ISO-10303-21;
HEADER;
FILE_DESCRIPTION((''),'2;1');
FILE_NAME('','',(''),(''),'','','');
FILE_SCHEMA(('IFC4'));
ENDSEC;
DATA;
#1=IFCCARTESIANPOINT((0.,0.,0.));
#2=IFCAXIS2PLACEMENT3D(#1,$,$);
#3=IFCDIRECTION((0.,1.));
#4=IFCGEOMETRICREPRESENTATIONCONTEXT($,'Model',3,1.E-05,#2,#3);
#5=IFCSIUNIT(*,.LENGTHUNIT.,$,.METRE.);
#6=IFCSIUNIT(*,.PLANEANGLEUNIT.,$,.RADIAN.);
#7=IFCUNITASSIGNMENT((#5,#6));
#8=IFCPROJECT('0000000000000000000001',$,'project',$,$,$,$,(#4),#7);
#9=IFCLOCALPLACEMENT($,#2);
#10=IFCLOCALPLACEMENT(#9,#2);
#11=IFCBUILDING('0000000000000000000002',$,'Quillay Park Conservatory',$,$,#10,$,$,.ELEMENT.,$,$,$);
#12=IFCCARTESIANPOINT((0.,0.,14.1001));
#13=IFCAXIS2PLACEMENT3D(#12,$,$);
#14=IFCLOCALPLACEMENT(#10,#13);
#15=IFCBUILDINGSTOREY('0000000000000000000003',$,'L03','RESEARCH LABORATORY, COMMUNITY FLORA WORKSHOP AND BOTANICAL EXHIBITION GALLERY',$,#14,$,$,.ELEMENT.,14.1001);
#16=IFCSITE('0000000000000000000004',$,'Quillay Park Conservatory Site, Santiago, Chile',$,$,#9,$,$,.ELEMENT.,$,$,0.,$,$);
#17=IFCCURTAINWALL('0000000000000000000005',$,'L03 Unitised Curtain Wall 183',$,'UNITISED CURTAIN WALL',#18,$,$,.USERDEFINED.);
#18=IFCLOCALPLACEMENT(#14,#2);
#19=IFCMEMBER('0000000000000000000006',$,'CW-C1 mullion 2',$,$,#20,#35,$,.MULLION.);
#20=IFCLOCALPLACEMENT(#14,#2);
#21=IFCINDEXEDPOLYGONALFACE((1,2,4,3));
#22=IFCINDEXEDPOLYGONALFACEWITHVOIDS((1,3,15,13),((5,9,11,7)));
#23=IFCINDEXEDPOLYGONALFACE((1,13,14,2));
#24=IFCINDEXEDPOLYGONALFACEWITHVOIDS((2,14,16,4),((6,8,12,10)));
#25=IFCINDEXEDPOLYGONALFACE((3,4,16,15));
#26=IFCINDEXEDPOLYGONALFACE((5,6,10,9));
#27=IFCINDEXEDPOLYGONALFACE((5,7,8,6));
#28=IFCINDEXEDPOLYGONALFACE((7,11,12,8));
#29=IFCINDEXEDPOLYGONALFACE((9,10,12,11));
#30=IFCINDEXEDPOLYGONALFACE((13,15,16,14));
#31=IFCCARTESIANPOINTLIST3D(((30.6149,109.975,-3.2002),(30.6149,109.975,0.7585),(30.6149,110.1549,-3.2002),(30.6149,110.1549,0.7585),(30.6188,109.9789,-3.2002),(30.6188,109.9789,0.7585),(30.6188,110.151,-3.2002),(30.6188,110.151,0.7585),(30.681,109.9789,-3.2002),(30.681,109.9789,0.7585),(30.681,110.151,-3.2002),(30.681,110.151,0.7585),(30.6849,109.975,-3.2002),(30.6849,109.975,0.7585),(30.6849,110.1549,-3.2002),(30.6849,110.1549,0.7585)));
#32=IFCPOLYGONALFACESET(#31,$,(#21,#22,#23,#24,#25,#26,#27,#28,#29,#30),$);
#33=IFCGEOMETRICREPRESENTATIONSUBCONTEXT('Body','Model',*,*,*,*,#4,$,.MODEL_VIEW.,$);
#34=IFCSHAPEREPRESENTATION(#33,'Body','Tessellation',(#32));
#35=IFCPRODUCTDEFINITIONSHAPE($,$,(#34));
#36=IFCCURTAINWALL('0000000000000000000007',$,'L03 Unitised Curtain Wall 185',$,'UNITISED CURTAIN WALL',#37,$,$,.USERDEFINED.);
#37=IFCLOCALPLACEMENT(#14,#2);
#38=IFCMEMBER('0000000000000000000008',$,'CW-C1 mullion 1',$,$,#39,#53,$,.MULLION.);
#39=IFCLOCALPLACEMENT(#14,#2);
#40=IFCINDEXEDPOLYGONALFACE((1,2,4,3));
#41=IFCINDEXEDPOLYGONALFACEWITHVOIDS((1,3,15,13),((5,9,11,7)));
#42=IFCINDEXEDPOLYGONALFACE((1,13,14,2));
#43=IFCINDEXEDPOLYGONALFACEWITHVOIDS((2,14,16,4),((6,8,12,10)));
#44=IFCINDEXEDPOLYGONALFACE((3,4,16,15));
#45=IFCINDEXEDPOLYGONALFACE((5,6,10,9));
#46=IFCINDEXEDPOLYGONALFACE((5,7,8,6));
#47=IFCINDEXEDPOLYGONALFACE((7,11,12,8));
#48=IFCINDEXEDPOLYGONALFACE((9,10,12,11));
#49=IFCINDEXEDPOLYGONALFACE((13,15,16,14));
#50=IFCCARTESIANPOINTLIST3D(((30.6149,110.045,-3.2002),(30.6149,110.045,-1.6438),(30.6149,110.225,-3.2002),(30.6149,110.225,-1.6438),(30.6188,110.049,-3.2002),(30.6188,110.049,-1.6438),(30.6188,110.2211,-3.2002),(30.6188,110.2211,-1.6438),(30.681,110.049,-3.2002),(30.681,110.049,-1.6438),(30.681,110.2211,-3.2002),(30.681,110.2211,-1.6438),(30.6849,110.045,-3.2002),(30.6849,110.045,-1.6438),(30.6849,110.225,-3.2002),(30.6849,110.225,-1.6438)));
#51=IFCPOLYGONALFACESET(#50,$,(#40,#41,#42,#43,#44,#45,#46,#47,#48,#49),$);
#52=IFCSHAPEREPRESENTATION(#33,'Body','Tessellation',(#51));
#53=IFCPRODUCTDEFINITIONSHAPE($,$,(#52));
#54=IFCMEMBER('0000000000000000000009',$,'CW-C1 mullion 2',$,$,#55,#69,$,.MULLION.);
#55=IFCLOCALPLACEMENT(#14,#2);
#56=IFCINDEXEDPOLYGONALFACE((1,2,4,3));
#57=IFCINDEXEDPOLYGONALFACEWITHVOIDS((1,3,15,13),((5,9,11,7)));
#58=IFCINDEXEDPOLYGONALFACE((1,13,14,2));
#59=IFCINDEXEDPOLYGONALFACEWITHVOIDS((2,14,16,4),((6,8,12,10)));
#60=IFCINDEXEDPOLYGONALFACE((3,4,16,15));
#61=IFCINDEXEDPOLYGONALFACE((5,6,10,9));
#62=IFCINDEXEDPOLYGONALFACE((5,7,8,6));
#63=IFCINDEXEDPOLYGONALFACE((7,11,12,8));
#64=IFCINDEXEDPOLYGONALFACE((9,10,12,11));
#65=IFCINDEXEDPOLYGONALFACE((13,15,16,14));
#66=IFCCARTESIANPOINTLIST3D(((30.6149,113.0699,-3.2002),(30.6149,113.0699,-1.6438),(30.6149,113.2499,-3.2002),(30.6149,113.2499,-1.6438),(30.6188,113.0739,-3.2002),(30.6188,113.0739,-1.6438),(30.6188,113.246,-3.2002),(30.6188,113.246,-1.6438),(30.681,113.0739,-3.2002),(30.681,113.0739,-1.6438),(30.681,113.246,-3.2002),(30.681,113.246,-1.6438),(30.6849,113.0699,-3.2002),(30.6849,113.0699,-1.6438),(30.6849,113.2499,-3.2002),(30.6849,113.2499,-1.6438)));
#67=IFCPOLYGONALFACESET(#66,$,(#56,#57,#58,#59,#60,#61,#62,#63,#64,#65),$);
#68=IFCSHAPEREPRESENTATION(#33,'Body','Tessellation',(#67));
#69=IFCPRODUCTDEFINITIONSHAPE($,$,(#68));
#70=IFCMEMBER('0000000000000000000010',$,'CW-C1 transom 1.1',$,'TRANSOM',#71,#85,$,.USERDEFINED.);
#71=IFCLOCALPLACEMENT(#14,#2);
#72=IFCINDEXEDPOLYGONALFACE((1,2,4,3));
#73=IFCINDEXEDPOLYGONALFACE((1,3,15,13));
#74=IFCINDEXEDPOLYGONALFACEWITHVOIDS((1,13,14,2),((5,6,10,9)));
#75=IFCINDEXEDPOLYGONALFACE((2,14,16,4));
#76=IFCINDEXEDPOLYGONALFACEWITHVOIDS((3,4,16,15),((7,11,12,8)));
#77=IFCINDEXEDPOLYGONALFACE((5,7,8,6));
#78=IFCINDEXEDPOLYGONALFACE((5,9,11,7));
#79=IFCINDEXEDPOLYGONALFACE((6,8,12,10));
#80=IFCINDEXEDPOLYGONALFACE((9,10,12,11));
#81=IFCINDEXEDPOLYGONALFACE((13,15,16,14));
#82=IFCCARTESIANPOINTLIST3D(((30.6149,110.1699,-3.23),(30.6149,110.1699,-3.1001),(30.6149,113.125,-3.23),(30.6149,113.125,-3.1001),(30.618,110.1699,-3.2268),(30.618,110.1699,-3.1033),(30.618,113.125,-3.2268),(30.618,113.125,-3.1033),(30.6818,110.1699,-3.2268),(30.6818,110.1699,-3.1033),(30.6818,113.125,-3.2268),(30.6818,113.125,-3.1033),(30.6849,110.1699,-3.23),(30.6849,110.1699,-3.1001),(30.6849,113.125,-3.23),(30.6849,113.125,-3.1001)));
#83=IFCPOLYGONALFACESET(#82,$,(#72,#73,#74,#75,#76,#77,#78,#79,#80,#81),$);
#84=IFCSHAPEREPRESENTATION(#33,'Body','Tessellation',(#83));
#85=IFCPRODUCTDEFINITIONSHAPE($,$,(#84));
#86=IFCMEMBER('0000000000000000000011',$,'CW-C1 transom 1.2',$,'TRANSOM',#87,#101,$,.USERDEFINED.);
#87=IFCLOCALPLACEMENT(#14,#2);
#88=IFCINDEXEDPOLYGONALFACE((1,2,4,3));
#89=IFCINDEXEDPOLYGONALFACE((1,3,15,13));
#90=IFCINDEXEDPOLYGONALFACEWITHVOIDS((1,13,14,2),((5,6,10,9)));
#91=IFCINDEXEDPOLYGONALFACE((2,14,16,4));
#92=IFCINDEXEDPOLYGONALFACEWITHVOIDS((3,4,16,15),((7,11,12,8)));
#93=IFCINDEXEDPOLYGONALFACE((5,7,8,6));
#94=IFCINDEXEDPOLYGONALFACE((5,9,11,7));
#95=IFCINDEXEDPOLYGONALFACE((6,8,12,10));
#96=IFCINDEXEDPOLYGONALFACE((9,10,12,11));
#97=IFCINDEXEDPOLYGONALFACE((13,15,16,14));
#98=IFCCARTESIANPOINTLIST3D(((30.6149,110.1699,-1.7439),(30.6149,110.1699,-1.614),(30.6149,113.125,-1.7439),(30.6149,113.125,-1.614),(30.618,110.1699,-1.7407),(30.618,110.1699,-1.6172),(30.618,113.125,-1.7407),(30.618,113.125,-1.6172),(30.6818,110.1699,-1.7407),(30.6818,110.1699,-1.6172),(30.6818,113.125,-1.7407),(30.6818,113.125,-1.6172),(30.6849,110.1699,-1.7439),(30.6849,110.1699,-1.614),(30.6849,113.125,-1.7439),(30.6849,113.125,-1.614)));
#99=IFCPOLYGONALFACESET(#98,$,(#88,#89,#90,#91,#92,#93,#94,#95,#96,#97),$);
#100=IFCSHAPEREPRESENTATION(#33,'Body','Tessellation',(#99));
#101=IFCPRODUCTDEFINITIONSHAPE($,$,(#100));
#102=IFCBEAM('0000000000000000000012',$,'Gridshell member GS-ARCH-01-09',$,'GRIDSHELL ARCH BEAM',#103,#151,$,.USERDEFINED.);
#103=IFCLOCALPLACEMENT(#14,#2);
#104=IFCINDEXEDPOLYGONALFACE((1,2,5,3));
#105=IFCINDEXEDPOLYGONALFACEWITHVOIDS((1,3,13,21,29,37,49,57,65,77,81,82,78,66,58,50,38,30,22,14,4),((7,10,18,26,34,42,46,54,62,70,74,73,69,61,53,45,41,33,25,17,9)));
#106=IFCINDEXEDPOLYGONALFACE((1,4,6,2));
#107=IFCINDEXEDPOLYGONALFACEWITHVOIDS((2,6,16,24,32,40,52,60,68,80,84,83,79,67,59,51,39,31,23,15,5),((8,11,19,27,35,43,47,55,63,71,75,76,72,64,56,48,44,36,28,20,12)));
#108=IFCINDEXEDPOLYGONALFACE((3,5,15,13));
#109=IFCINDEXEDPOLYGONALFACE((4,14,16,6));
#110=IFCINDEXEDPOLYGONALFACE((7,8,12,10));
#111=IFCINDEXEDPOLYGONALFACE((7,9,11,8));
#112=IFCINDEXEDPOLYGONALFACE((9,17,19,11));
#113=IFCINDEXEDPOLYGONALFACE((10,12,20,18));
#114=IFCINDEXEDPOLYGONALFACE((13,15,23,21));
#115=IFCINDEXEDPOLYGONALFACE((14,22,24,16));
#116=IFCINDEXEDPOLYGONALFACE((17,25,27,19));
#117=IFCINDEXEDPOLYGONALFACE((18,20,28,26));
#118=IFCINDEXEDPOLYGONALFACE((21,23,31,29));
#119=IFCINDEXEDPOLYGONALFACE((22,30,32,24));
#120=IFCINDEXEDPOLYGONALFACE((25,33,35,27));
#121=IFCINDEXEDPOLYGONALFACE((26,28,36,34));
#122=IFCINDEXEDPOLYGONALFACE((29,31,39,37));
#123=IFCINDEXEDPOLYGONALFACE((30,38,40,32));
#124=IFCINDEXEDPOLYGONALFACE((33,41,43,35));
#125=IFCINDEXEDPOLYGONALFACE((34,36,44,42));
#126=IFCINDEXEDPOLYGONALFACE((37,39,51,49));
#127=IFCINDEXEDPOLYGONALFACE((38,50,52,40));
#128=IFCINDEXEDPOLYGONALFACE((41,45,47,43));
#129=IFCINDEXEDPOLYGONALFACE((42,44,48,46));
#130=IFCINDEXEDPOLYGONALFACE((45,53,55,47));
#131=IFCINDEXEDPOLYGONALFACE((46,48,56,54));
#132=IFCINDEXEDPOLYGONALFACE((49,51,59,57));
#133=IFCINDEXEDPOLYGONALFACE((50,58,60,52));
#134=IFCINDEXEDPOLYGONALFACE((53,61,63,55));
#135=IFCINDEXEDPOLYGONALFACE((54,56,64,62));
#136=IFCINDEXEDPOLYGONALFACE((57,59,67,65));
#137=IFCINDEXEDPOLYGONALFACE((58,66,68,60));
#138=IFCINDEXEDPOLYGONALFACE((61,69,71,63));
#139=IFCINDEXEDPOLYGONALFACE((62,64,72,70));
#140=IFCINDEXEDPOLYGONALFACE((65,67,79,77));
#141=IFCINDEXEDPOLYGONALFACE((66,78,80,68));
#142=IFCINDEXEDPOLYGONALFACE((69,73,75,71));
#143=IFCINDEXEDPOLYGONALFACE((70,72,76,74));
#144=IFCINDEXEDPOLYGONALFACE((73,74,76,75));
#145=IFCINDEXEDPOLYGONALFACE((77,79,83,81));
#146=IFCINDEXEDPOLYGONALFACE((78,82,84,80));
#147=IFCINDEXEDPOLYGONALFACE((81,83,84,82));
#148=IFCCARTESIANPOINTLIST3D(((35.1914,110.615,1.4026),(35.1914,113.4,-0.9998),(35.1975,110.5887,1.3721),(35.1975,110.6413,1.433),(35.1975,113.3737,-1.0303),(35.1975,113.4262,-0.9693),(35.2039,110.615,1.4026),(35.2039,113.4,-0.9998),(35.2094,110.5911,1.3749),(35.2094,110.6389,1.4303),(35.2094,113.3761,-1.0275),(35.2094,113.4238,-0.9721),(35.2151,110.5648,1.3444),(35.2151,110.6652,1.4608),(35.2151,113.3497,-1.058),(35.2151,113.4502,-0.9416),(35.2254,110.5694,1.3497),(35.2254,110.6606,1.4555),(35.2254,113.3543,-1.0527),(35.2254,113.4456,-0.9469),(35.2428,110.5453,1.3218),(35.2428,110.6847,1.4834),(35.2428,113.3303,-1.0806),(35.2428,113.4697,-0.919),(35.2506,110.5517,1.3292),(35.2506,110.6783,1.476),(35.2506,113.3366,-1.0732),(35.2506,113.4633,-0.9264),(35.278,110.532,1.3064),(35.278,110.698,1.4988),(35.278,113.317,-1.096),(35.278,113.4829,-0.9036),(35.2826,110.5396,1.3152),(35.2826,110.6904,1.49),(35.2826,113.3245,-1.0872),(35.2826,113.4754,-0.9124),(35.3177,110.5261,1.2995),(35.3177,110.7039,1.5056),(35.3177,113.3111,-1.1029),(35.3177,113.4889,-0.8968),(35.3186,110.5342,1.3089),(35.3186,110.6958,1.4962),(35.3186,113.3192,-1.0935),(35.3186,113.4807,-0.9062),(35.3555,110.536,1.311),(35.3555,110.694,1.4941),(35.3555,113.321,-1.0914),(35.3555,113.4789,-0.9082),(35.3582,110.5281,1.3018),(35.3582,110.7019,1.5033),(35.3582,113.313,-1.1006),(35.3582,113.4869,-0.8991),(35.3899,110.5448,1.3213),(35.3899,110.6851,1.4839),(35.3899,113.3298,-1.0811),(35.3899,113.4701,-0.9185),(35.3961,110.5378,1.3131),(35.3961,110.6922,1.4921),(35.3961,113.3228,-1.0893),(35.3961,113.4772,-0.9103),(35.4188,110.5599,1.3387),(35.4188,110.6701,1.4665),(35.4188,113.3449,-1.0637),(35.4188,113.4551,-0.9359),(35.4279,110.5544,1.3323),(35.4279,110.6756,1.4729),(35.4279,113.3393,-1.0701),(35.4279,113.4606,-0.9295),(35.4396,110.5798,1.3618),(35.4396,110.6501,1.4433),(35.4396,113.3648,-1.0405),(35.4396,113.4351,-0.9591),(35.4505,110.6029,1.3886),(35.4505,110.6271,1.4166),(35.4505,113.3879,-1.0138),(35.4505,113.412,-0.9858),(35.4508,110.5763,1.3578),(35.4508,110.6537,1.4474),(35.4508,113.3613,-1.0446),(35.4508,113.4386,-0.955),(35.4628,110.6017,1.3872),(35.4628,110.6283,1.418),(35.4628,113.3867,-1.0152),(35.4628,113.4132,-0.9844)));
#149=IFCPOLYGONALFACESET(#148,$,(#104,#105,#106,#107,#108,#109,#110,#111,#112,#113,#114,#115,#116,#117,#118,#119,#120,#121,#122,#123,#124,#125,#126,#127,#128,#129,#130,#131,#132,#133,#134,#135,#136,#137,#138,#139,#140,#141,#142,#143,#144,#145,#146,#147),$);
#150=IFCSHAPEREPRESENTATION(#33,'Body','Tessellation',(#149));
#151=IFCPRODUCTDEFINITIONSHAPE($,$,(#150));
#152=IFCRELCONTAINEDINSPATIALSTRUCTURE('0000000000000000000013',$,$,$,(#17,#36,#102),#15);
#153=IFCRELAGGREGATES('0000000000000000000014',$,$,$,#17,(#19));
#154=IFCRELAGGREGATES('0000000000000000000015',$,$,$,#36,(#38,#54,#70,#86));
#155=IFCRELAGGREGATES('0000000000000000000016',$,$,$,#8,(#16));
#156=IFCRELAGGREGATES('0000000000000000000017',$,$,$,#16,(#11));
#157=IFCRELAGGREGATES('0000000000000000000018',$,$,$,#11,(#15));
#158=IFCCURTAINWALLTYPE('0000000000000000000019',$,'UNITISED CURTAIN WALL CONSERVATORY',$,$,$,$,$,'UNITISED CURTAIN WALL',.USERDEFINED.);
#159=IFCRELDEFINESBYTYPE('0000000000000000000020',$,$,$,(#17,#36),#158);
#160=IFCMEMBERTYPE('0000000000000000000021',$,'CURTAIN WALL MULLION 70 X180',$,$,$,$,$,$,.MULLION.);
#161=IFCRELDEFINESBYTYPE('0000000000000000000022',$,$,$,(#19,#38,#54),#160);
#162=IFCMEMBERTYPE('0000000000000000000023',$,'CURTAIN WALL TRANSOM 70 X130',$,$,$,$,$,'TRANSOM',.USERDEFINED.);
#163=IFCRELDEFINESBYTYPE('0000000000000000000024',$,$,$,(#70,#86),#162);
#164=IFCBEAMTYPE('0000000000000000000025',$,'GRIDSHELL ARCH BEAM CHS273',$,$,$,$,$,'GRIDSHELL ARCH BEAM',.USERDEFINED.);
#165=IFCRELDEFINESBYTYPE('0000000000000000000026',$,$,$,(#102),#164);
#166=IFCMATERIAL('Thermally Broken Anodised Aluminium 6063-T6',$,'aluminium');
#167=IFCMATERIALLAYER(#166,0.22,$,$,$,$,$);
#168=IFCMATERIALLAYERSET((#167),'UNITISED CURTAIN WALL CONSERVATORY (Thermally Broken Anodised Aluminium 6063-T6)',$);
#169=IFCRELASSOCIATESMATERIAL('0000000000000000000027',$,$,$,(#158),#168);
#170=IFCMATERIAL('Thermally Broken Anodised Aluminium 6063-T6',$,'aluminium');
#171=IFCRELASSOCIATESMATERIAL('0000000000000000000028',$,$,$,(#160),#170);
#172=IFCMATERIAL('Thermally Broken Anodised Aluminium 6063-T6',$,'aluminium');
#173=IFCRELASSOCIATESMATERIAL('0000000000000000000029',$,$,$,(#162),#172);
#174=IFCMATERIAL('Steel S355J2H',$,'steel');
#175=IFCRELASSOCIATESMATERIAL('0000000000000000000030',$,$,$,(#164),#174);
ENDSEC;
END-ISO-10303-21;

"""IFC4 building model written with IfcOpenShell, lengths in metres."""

from ifc_helpers import new_model, si_unit, direction, frame, origin, origin_2d, place, context, subcontext, project, spatial, hollow_rectangle, hollow_circle, extrude, material, layer, layer_set, material_profile, profile_set, type_object, element, aggregate, save


model = new_model("IFC4")

# Units and contexts
model_context = context("Model", 3, precision=1e-05, world=origin(), true_north=direction((0.0, 1.0)))
body_context = subcontext(model_context, "Body", "Model", "MODEL_VIEW")
ifc_project = project(units=[si_unit("LENGTHUNIT", "METRE"), si_unit("PLANEANGLEUNIT", "RADIAN")], contexts=[model_context])

# Site, building, storey
site_placement = place(None, origin())
site = spatial("IfcSite", under=ifc_project, at=site_placement, Name="Quillay Park Conservatory Site, Santiago, Chile", CompositionType="ELEMENT", RefElevation=0.0)
building_placement = place(site_placement, origin())
building = spatial("IfcBuilding", under=site, at=building_placement, Name="Quillay Park Conservatory", CompositionType="ELEMENT")
storey_placement = place(building_placement, frame((0.0, 0.0, 14.1001)))
storey = spatial("IfcBuildingStorey", under=building, at=storey_placement, Name="L03", Description="RESEARCH LABORATORY, COMMUNITY FLORA WORKSHOP AND BOTANICAL EXHIBITION GALLERY", CompositionType="ELEMENT", Elevation=14.1001)

# Curtain wall, member
ifc_material_1 = material(Name="Thermally Broken Anodised Aluminium 6063-T6", Category="aluminium")
ifc_layer_1 = layer(ifc_material_1, 0.22)
ifc_layer_set_1 = layer_set([ifc_layer_1], Name="UNITISED CURTAIN WALL CONSERVATORY (Thermally Broken Anodised Aluminium 6063-T6)")
curtain_wall_type = type_object("IfcCurtainWallType", Name="UNITISED CURTAIN WALL CONSERVATORY", ElementType="UNITISED CURTAIN WALL", PredefinedType="USERDEFINED", material=ifc_layer_set_1)
curtain_wall_1_placement = place(storey_placement, origin())
curtain_wall_1 = element("IfcCurtainWall", 1, at=curtain_wall_1_placement, inside=storey, type_object=curtain_wall_type, Name="L03 Unitised Curtain Wall 183", ObjectType="UNITISED CURTAIN WALL", PredefinedType="USERDEFINED")
ifc_material_2 = material(Name="Thermally Broken Anodised Aluminium 6063-T6", Category="aluminium")
ifc_material_profile_1 = material_profile(ifc_material_2, hollow_rectangle(XDim=0.0701, YDim=0.1799, WallThickness=0.0039, at=origin_2d()), Name="AL70x180x4")
ifc_profile_set_1 = profile_set([ifc_material_profile_1], Name="Thermally Broken Anodised Aluminium 6063-T6")
member_type_1 = type_object("IfcMemberType", Name="CURTAIN WALL MULLION 70 X180", PredefinedType="MULLION", material=ifc_profile_set_1)
member_1_placement = place(storey_placement, frame((30.6499, 110.0649, -3.2002), z_axis=(0.0, 0.0, 1.0), x_axis=(-1.0, 0.0, 0.0)))
member_1 = element("IfcMember", 2, at=member_1_placement, type_object=member_type_1, Name="CW-C1 mullion 2", PredefinedType="MULLION", context=body_context, shape_type="SweptSolid", body=[
    extrude(hollow_rectangle(XDim=0.0701, YDim=0.1799, WallThickness=0.0039, at=origin_2d()), origin(), (0.0, 0.0, 1.0), 3.9587),
])

# Curtain wall, members
curtain_wall_2_placement = place(storey_placement, origin())
curtain_wall_2 = element("IfcCurtainWall", 3, at=curtain_wall_2_placement, inside=storey, type_object=curtain_wall_type, Name="L03 Unitised Curtain Wall 185", ObjectType="UNITISED CURTAIN WALL", PredefinedType="USERDEFINED")
member_2_placement = place(storey_placement, frame((30.6499, 110.135, -3.2002), z_axis=(0.0, 0.0, 1.0), x_axis=(-1.0, 0.0, 0.0)))
member_2 = element("IfcMember", 4, at=member_2_placement, type_object=member_type_1, Name="CW-C1 mullion 1", PredefinedType="MULLION", context=body_context, shape_type="SweptSolid", body=[
    extrude(hollow_rectangle(XDim=0.0701, YDim=0.1799, WallThickness=0.0039, at=origin_2d()), origin(), (0.0, 0.0, 1.0), 1.5564),
])
member_3_placement = place(storey_placement, frame((30.6499, 113.1599, -3.2002), z_axis=(0.0, 0.0, 1.0), x_axis=(-1.0, 0.0, 0.0)))
member_3 = element("IfcMember", 5, at=member_3_placement, type_object=member_type_1, Name="CW-C1 mullion 2", PredefinedType="MULLION", context=body_context, shape_type="SweptSolid", body=[
    extrude(hollow_rectangle(XDim=0.0701, YDim=0.1799, WallThickness=0.0039, at=origin_2d()), origin(), (0.0, 0.0, 1.0), 1.5564),
])
ifc_material_3 = material(Name="Thermally Broken Anodised Aluminium 6063-T6", Category="aluminium")
ifc_material_profile_2 = material_profile(ifc_material_3, hollow_rectangle(XDim=0.0701, YDim=0.1299, WallThickness=0.0032, at=origin_2d()), Name="AL70x130x3.2")
ifc_profile_set_2 = profile_set([ifc_material_profile_2], Name="Thermally Broken Anodised Aluminium 6063-T6")
member_type_2 = type_object("IfcMemberType", Name="CURTAIN WALL TRANSOM 70 X130", ElementType="TRANSOM", PredefinedType="USERDEFINED", material=ifc_profile_set_2)
member_4_placement = place(storey_placement, frame((30.6499, 110.1699, -3.165), z_axis=(0.0, 1.0, 0.0), x_axis=(-1.0, 0.0, 0.0)))
member_4 = element("IfcMember", 6, at=member_4_placement, type_object=member_type_2, Name="CW-C1 transom 1.1", ObjectType="TRANSOM", PredefinedType="USERDEFINED", context=body_context, shape_type="SweptSolid", body=[
    extrude(hollow_rectangle(XDim=0.0701, YDim=0.1299, WallThickness=0.0032, at=origin_2d()), origin(), (0.0, 0.0, 1.0), 2.9551),
])
member_5_placement = place(storey_placement, frame((30.6499, 110.1699, -1.679), z_axis=(0.0, 1.0, 0.0), x_axis=(-1.0, 0.0, 0.0)))
member_5 = element("IfcMember", 7, at=member_5_placement, type_object=member_type_2, Name="CW-C1 transom 1.2", ObjectType="TRANSOM", PredefinedType="USERDEFINED", context=body_context, shape_type="SweptSolid", body=[
    extrude(hollow_rectangle(XDim=0.0701, YDim=0.1299, WallThickness=0.0032, at=origin_2d()), origin(), (0.0, 0.0, 1.0), 2.9551),
])

# Beam
ifc_material_4 = material(Name="Steel S355J2H", Category="steel")
ifc_material_profile_3 = material_profile(ifc_material_4, hollow_circle(Radius=0.1365, WallThickness=0.0125, at=origin_2d()), Name="CHS273x12.5")
ifc_profile_set_3 = profile_set([ifc_material_profile_3], Name="Steel S355J2H")
beam_type = type_object("IfcBeamType", Name="GRIDSHELL ARCH BEAM CHS273", ElementType="GRIDSHELL ARCH BEAM", PredefinedType="USERDEFINED", material=ifc_profile_set_3)
beam_1_placement = place(storey_placement, frame((35.3279, 110.615, 1.4026), z_axis=(0.0, 0.757201, -0.653183), x_axis=(-1.0, 0.0, 0.0)))
element("IfcBeam", 8, at=beam_1_placement, inside=storey, type_object=beam_type, Name="Gridshell member GS-ARCH-01-09", ObjectType="GRIDSHELL ARCH BEAM", PredefinedType="USERDEFINED", context=body_context, shape_type="SweptSolid", body=[
    extrude(hollow_circle(Radius=0.1365, WallThickness=0.0125, at=origin_2d()), origin(), (0.0, 0.0, 1.0), 3.678),
])

aggregate(curtain_wall_1, [member_1])
aggregate(curtain_wall_2, [member_2, member_3, member_4, member_5])

save(model, "model.ifc")
